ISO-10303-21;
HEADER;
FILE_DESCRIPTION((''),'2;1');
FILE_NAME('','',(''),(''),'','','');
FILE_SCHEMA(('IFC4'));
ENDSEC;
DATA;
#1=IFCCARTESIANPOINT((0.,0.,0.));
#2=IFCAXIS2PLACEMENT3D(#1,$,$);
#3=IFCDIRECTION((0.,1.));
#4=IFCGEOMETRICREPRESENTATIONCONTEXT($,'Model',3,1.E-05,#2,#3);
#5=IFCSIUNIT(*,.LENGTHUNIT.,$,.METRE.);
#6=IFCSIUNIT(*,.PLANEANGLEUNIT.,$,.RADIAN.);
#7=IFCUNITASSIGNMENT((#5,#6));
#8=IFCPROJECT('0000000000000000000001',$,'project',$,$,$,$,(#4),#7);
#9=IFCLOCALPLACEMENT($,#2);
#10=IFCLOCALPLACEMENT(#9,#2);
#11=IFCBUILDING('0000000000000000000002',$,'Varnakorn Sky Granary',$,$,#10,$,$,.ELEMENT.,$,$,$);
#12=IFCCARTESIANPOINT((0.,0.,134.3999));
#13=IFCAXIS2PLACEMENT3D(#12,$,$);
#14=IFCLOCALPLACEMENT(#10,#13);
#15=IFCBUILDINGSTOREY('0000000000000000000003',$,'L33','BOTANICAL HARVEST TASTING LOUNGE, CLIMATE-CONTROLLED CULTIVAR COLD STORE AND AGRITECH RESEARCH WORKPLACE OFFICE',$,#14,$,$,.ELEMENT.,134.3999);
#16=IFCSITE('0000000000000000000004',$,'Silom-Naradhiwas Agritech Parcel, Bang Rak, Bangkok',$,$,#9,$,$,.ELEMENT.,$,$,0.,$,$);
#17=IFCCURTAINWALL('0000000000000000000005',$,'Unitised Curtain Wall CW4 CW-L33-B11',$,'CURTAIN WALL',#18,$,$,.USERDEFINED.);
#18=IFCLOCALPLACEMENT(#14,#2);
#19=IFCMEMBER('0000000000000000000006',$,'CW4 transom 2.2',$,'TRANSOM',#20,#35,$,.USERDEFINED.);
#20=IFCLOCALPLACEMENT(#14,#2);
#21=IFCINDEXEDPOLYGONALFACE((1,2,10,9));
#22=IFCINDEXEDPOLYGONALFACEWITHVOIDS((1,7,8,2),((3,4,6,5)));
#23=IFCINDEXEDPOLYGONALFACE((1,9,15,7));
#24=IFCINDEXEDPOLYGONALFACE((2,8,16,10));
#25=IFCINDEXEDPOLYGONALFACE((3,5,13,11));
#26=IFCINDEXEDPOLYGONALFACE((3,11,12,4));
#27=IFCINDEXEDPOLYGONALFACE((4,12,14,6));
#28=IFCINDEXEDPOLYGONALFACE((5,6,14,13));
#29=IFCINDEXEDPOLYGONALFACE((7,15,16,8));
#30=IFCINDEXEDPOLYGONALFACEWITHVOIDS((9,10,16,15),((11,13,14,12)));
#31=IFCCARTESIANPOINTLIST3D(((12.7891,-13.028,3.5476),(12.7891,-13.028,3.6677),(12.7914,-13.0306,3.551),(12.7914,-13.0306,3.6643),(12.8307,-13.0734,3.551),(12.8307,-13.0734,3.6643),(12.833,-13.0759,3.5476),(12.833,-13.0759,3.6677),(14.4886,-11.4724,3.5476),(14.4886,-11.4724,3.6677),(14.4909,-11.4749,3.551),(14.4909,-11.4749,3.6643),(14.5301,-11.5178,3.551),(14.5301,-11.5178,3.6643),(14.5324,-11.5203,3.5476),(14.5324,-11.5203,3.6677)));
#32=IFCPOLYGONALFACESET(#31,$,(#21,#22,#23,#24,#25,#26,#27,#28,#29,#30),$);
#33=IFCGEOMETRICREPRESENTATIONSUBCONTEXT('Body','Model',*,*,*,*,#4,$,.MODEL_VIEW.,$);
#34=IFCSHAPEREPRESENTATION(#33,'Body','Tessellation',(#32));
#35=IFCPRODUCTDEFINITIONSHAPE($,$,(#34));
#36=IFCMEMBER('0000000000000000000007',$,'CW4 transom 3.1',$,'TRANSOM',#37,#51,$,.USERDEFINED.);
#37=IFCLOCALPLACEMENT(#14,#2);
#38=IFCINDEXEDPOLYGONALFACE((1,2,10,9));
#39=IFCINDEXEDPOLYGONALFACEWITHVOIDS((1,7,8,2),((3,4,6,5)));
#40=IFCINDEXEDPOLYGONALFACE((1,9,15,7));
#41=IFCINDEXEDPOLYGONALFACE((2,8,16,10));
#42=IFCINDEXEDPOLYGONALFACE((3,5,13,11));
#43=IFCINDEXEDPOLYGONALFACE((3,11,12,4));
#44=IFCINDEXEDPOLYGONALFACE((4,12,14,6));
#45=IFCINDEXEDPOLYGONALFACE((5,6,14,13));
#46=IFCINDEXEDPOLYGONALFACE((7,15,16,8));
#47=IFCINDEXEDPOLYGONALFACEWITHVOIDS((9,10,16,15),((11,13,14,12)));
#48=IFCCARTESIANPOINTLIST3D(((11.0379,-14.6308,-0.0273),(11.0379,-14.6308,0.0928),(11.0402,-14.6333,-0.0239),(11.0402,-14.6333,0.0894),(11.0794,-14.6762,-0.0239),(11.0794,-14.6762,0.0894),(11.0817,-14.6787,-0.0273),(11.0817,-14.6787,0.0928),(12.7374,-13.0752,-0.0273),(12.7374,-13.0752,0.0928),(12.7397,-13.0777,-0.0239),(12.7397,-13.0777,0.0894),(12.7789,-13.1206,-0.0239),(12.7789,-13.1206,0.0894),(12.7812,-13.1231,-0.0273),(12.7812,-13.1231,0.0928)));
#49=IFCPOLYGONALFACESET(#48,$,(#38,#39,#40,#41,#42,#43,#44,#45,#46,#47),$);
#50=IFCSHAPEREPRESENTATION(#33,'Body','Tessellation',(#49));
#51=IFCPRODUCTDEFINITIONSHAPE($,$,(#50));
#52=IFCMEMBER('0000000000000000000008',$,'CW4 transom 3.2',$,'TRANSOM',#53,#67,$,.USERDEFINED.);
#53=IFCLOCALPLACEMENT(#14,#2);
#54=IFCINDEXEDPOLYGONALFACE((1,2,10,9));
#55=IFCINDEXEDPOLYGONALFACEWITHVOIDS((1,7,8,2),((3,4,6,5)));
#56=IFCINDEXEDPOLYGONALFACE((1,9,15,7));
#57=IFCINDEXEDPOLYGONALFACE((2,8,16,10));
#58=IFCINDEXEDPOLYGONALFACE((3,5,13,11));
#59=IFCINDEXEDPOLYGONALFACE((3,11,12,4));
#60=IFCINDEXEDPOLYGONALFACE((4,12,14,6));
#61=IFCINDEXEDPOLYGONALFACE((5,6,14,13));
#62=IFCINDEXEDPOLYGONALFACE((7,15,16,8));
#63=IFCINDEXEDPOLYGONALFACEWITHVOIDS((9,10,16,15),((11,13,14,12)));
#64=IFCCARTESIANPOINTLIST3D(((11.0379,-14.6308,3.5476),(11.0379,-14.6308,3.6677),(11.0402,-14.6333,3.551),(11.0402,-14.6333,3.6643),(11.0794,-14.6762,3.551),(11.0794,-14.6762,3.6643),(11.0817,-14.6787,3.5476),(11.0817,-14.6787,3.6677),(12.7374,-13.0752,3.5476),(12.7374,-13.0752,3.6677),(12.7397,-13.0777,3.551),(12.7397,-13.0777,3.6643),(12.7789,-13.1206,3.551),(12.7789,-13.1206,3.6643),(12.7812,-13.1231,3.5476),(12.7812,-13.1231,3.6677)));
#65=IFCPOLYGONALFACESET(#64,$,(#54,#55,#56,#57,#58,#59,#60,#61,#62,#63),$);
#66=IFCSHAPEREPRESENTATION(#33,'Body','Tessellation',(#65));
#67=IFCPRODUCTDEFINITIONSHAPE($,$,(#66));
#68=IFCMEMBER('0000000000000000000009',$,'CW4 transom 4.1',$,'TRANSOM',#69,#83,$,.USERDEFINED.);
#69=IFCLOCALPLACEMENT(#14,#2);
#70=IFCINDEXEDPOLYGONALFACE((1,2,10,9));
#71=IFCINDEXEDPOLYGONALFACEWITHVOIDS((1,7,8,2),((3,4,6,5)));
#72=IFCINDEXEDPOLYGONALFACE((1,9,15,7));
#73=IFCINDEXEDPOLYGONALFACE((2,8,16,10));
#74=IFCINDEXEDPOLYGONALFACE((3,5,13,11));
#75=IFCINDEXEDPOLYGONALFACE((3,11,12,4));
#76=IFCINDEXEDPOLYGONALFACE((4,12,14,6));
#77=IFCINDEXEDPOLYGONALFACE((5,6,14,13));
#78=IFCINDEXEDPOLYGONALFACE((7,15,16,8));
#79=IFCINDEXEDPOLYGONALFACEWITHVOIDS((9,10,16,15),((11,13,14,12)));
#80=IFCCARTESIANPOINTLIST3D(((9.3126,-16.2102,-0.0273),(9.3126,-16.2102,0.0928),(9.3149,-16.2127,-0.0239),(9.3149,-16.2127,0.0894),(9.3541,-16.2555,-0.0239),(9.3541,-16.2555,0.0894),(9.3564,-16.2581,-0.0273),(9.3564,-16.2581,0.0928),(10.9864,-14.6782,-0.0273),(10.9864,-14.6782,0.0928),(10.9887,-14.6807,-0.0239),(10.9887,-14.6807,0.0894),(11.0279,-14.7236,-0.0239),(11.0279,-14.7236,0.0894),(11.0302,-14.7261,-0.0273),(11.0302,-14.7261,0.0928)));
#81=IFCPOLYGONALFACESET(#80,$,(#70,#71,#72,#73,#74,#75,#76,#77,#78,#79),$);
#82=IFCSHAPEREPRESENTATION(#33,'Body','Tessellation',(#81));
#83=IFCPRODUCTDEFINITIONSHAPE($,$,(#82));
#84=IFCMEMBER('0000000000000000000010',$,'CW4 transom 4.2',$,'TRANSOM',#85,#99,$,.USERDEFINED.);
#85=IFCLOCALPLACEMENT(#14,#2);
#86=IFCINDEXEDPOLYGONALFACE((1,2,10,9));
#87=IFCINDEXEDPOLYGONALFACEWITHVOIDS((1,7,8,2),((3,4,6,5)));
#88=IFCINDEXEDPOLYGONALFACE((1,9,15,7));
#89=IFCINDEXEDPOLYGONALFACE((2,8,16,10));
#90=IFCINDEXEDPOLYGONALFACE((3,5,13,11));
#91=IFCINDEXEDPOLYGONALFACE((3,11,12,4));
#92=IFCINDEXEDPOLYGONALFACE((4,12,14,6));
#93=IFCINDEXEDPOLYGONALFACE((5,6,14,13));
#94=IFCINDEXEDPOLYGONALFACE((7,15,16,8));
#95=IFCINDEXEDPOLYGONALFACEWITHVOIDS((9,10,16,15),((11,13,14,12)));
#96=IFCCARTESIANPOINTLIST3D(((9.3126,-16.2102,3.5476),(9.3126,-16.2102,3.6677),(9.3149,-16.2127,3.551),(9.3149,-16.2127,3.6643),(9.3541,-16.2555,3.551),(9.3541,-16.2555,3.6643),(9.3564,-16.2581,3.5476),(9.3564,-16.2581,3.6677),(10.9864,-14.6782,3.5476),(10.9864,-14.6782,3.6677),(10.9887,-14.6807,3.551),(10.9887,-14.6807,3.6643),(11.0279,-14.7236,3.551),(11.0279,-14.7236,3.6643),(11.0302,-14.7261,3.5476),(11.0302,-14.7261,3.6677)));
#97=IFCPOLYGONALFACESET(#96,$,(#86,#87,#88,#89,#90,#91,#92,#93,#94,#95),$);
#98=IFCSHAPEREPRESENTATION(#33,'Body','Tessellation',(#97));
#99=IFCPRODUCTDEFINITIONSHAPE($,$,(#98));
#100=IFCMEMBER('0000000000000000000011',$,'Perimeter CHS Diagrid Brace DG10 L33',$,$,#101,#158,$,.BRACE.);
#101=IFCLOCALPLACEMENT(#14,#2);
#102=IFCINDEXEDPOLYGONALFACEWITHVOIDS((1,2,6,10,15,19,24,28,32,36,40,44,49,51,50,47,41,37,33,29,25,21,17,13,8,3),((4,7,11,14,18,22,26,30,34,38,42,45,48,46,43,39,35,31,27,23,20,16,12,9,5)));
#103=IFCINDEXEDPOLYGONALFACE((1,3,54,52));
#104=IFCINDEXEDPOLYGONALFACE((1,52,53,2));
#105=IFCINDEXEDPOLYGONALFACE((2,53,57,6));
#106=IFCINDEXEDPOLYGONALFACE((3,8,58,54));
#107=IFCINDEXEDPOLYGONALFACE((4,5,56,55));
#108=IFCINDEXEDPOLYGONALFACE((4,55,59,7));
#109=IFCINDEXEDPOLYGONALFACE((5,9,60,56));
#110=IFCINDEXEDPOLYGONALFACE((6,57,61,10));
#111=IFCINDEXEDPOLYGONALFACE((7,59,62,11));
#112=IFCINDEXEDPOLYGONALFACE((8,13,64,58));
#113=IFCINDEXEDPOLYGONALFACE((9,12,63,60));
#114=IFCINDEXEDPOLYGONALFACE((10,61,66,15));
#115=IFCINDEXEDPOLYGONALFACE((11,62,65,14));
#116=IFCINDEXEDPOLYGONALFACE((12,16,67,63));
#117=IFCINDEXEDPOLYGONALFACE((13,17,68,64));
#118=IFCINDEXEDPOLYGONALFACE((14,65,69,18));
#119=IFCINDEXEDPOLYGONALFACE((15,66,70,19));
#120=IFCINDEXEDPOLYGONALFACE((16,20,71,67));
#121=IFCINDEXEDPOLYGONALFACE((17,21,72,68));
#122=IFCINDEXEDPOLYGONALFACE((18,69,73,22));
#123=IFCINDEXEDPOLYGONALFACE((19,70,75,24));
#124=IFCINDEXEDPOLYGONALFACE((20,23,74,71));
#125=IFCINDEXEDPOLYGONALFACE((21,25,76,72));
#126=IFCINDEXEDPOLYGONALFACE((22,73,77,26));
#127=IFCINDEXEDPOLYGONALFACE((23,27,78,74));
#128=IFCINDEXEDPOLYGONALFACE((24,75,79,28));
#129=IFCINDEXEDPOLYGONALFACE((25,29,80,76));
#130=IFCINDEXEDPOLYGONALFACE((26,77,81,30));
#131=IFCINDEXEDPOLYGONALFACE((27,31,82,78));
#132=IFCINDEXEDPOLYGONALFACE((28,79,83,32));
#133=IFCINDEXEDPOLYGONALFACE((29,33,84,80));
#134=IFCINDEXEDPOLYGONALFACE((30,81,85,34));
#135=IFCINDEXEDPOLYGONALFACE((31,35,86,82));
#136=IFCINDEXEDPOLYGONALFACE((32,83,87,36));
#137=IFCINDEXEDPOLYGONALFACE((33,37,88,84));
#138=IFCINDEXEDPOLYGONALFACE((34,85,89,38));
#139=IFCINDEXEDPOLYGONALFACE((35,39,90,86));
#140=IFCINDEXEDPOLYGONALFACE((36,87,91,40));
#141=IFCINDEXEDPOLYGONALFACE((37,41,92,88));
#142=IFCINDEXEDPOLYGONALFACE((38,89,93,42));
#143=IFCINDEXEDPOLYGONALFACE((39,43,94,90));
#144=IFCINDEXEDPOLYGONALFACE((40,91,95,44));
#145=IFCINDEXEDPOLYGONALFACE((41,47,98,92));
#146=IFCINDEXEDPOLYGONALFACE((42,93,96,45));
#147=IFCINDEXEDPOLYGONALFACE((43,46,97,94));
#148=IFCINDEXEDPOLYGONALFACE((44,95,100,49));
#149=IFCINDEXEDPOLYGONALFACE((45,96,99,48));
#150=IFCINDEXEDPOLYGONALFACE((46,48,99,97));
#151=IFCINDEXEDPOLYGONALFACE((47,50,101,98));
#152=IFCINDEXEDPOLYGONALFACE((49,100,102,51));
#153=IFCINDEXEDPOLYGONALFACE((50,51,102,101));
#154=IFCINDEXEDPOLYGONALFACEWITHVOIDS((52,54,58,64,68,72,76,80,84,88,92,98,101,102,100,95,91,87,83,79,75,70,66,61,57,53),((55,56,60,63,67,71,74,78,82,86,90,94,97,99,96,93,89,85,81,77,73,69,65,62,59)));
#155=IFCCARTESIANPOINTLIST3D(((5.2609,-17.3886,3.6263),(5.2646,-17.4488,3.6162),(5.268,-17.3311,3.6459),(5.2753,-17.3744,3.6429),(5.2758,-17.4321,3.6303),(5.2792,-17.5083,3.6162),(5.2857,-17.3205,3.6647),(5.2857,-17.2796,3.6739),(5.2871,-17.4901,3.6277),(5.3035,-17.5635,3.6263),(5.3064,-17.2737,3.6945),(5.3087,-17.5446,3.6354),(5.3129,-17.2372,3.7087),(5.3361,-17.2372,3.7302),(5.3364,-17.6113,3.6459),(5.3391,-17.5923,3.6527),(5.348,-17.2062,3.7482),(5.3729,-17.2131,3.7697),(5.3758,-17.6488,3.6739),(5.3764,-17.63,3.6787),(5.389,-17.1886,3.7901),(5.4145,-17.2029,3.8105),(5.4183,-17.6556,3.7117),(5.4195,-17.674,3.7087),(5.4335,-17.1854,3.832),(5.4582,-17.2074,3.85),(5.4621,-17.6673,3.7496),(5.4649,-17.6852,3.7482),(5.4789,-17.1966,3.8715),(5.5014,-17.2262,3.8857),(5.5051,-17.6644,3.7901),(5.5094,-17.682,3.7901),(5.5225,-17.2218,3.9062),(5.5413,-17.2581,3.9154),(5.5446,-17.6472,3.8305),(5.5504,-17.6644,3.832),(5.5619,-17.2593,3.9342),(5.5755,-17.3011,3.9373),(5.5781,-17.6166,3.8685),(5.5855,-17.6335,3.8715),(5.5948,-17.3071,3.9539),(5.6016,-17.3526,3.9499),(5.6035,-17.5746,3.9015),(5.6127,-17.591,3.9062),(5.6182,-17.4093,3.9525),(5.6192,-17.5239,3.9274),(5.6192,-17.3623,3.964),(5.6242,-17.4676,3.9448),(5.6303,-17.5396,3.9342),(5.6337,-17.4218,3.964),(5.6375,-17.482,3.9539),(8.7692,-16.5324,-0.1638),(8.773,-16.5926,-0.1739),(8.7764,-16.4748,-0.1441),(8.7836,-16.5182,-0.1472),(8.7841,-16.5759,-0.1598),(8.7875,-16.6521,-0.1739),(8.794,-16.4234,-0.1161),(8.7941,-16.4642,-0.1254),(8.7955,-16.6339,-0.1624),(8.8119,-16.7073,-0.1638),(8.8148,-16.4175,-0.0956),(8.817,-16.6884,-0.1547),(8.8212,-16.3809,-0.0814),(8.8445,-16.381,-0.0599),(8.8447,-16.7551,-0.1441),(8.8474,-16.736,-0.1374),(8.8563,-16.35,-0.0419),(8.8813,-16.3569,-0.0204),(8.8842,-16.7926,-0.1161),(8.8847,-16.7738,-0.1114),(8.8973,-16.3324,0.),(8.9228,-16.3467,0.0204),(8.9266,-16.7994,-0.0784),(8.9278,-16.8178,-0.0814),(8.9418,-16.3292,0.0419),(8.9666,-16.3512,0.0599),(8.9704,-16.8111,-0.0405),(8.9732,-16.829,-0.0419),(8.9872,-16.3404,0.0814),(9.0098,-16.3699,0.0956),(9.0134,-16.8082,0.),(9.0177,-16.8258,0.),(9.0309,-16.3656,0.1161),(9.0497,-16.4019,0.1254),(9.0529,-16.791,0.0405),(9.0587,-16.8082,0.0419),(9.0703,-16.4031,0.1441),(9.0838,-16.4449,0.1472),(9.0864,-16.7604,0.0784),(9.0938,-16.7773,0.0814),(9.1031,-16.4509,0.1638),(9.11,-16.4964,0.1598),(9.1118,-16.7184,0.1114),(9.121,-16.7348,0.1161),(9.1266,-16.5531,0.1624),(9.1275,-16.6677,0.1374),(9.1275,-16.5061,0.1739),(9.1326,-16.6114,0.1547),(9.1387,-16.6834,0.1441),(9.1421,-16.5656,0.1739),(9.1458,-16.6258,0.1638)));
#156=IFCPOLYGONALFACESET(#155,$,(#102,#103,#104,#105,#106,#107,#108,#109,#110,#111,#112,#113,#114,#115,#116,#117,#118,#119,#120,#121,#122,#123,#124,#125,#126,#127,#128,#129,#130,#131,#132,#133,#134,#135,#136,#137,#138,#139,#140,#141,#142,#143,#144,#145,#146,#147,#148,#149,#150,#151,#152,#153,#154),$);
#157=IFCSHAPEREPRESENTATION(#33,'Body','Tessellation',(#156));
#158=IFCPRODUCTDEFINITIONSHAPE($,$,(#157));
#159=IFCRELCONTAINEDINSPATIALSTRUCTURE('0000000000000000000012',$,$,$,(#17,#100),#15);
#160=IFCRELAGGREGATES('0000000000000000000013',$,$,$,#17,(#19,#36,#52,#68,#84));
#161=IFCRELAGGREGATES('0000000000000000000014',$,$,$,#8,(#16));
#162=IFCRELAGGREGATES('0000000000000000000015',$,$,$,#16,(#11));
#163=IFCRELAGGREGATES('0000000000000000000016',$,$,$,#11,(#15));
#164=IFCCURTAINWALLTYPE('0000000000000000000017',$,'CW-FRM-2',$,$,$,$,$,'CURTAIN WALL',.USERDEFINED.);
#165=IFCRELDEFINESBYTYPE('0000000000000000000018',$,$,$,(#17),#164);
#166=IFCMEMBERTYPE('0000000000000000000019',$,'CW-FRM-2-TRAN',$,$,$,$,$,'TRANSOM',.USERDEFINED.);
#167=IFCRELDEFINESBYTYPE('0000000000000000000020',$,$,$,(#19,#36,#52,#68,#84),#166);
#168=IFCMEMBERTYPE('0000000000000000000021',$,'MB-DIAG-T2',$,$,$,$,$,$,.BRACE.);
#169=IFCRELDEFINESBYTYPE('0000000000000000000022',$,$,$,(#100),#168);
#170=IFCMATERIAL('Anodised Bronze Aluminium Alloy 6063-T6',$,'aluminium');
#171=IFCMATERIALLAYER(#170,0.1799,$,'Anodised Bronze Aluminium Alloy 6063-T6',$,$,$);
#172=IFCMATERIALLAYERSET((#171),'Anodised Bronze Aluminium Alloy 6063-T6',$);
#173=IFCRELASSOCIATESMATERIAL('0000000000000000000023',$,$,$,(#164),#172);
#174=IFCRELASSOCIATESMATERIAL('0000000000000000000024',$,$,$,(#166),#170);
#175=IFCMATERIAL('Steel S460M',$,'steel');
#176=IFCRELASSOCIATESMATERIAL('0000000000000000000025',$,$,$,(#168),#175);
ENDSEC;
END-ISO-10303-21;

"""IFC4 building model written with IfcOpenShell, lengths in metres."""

from ifc_helpers import new_model, si_unit, direction, frame, origin, origin_2d, place, context, subcontext, project, spatial, hollow_rectangle, hollow_circle, extrude, material, layer, layer_set, material_profile, profile_set, type_object, element, aggregate, save


model = new_model("IFC4")

# Units and contexts
model_context = context("Model", 3, precision=1e-05, world=origin(), true_north=direction((0.0, 1.0)))
body_context = subcontext(model_context, "Body", "Model", "MODEL_VIEW")
ifc_project = project(units=[si_unit("LENGTHUNIT", "METRE"), si_unit("PLANEANGLEUNIT", "RADIAN")], contexts=[model_context])

# Site, building, storey
site_placement = place(None, origin())
site = spatial("IfcSite", under=ifc_project, at=site_placement, Name="Silom-Naradhiwas Agritech Parcel, Bang Rak, Bangkok", CompositionType="ELEMENT", RefElevation=0.0)
building_placement = place(site_placement, origin())
building = spatial("IfcBuilding", under=site, at=building_placement, Name="Varnakorn Sky Granary", CompositionType="ELEMENT")
storey_placement = place(building_placement, frame((0.0, 0.0, 134.3999)))
storey = spatial("IfcBuildingStorey", under=building, at=storey_placement, Name="L33", Description="BOTANICAL HARVEST TASTING LOUNGE, CLIMATE-CONTROLLED CULTIVAR COLD STORE AND AGRITECH RESEARCH WORKPLACE OFFICE", CompositionType="ELEMENT", Elevation=134.3999)

# Shared definitions
ifc_material_1 = material(Name="Steel S460M", Category="steel")

# Curtain wall, members
ifc_material_2 = material(Name="Anodised Bronze Aluminium Alloy 6063-T6", Category="aluminium")
ifc_layer_1 = layer(ifc_material_2, 0.1799, Name="Anodised Bronze Aluminium Alloy 6063-T6")
ifc_layer_set_1 = layer_set([ifc_layer_1], Name="Anodised Bronze Aluminium Alloy 6063-T6")
curtain_wall_type = type_object("IfcCurtainWallType", Name="CW-FRM-2", ElementType="CURTAIN WALL", PredefinedType="USERDEFINED", material=ifc_layer_set_1)
curtain_wall_placement = place(storey_placement, origin())
curtain_wall = element("IfcCurtainWall", 1, at=curtain_wall_placement, inside=storey, type_object=curtain_wall_type, Name="Unitised Curtain Wall CW4 CW-L33-B11", ObjectType="CURTAIN WALL", PredefinedType="USERDEFINED")
ifc_material_profile_1 = material_profile(ifc_material_2, hollow_rectangle(XDim=0.0649, YDim=0.1201, WallThickness=0.0034, at=origin_2d()), Name="ALU TRAN 65x120")
ifc_profile_set_1 = profile_set([ifc_material_profile_1], Name="Anodised Bronze Aluminium Alloy 6063-T6")
member_type_1 = type_object("IfcMemberType", Name="CW-FRM-2-TRAN", ElementType="TRANSOM", PredefinedType="USERDEFINED", material=ifc_profile_set_1)
member_1_placement = place(storey_placement, frame((14.5105, -11.4963, 3.6077), z_axis=(-0.737625, -0.675211, 0.0), x_axis=(0.675211, -0.737625, 0.0)))
member_1 = element("IfcMember", 2, at=member_1_placement, type_object=member_type_1, Name="CW4 transom 2.2", ObjectType="TRANSOM", PredefinedType="USERDEFINED", context=body_context, shape_type="SweptSolid", body=[
    extrude(hollow_rectangle(XDim=0.0649, YDim=0.1201, WallThickness=0.0034, at=origin_2d()), origin(), (0.0, 0.0, 1.0), 2.304),
])
member_2_placement = place(storey_placement, frame((12.7593, -13.0991, 0.0327), z_axis=(-0.737625, -0.675211, 0.0), x_axis=(0.675211, -0.737625, 0.0)))
member_2 = element("IfcMember", 3, at=member_2_placement, type_object=member_type_1, Name="CW4 transom 3.1", ObjectType="TRANSOM", PredefinedType="USERDEFINED", context=body_context, shape_type="SweptSolid", body=[
    extrude(hollow_rectangle(XDim=0.0649, YDim=0.1201, WallThickness=0.0034, at=origin_2d()), origin(), (0.0, 0.0, 1.0), 2.304),
])
member_3_placement = place(storey_placement, frame((12.7593, -13.0991, 3.6077), z_axis=(-0.737625, -0.675211, 0.0), x_axis=(0.675211, -0.737625, 0.0)))
member_3 = element("IfcMember", 4, at=member_3_placement, type_object=member_type_1, Name="CW4 transom 3.2", ObjectType="TRANSOM", PredefinedType="USERDEFINED", context=body_context, shape_type="SweptSolid", body=[
    extrude(hollow_rectangle(XDim=0.0649, YDim=0.1201, WallThickness=0.0034, at=origin_2d()), origin(), (0.0, 0.0, 1.0), 2.304),
])
member_4_placement = place(storey_placement, frame((11.0083, -14.7021, 0.0327), z_axis=(-0.737672, -0.675159, 0.0), x_axis=(0.675159, -0.737672, 0.0)))
member_4 = element("IfcMember", 5, at=member_4_placement, type_object=member_type_1, Name="CW4 transom 4.1", ObjectType="TRANSOM", PredefinedType="USERDEFINED", context=body_context, shape_type="SweptSolid", body=[
    extrude(hollow_rectangle(XDim=0.0649, YDim=0.1201, WallThickness=0.0034, at=origin_2d()), origin(), (0.0, 0.0, 1.0), 2.269),
])
member_5_placement = place(storey_placement, frame((11.0083, -14.7021, 3.6077), z_axis=(-0.737672, -0.675159, 0.0), x_axis=(0.675159, -0.737672, 0.0)))
member_5 = element("IfcMember", 6, at=member_5_placement, type_object=member_type_1, Name="CW4 transom 4.2", ObjectType="TRANSOM", PredefinedType="USERDEFINED", context=body_context, shape_type="SweptSolid", body=[
    extrude(hollow_rectangle(XDim=0.0649, YDim=0.1201, WallThickness=0.0034, at=origin_2d()), origin(), (0.0, 0.0, 1.0), 2.269),
])

# Member
ifc_material_profile_2 = material_profile(ifc_material_1, hollow_circle(Radius=0.2539, WallThickness=0.0181, at=origin_2d()), Name="CHS 508x18")
ifc_profile_set_2 = profile_set([ifc_material_profile_2], Name="Steel S460M")
member_type_2 = type_object("IfcMemberType", Name="MB-DIAG-T2", PredefinedType="BRACE", material=ifc_profile_set_2)
member_6_placement = place(storey_placement, frame((8.9575, -16.5791, 0.0), z_axis=(-0.670157, -0.163552, 0.723975), x_axis=(0.237092, -0.971487, 0.0)))
element("IfcMember", 7, at=member_6_placement, inside=storey, type_object=member_type_2, Name="Perimeter CHS Diagrid Brace DG10 L33", PredefinedType="BRACE", context=body_context, shape_type="SweptSolid", body=[
    extrude(hollow_circle(Radius=0.2539, WallThickness=0.0181, at=origin_2d()), origin(), (0.0, 0.0, 1.0), 5.2351),
])

aggregate(curtain_wall, [member_1, member_2, member_3, member_4, member_5])

save(model, "model.ifc")
